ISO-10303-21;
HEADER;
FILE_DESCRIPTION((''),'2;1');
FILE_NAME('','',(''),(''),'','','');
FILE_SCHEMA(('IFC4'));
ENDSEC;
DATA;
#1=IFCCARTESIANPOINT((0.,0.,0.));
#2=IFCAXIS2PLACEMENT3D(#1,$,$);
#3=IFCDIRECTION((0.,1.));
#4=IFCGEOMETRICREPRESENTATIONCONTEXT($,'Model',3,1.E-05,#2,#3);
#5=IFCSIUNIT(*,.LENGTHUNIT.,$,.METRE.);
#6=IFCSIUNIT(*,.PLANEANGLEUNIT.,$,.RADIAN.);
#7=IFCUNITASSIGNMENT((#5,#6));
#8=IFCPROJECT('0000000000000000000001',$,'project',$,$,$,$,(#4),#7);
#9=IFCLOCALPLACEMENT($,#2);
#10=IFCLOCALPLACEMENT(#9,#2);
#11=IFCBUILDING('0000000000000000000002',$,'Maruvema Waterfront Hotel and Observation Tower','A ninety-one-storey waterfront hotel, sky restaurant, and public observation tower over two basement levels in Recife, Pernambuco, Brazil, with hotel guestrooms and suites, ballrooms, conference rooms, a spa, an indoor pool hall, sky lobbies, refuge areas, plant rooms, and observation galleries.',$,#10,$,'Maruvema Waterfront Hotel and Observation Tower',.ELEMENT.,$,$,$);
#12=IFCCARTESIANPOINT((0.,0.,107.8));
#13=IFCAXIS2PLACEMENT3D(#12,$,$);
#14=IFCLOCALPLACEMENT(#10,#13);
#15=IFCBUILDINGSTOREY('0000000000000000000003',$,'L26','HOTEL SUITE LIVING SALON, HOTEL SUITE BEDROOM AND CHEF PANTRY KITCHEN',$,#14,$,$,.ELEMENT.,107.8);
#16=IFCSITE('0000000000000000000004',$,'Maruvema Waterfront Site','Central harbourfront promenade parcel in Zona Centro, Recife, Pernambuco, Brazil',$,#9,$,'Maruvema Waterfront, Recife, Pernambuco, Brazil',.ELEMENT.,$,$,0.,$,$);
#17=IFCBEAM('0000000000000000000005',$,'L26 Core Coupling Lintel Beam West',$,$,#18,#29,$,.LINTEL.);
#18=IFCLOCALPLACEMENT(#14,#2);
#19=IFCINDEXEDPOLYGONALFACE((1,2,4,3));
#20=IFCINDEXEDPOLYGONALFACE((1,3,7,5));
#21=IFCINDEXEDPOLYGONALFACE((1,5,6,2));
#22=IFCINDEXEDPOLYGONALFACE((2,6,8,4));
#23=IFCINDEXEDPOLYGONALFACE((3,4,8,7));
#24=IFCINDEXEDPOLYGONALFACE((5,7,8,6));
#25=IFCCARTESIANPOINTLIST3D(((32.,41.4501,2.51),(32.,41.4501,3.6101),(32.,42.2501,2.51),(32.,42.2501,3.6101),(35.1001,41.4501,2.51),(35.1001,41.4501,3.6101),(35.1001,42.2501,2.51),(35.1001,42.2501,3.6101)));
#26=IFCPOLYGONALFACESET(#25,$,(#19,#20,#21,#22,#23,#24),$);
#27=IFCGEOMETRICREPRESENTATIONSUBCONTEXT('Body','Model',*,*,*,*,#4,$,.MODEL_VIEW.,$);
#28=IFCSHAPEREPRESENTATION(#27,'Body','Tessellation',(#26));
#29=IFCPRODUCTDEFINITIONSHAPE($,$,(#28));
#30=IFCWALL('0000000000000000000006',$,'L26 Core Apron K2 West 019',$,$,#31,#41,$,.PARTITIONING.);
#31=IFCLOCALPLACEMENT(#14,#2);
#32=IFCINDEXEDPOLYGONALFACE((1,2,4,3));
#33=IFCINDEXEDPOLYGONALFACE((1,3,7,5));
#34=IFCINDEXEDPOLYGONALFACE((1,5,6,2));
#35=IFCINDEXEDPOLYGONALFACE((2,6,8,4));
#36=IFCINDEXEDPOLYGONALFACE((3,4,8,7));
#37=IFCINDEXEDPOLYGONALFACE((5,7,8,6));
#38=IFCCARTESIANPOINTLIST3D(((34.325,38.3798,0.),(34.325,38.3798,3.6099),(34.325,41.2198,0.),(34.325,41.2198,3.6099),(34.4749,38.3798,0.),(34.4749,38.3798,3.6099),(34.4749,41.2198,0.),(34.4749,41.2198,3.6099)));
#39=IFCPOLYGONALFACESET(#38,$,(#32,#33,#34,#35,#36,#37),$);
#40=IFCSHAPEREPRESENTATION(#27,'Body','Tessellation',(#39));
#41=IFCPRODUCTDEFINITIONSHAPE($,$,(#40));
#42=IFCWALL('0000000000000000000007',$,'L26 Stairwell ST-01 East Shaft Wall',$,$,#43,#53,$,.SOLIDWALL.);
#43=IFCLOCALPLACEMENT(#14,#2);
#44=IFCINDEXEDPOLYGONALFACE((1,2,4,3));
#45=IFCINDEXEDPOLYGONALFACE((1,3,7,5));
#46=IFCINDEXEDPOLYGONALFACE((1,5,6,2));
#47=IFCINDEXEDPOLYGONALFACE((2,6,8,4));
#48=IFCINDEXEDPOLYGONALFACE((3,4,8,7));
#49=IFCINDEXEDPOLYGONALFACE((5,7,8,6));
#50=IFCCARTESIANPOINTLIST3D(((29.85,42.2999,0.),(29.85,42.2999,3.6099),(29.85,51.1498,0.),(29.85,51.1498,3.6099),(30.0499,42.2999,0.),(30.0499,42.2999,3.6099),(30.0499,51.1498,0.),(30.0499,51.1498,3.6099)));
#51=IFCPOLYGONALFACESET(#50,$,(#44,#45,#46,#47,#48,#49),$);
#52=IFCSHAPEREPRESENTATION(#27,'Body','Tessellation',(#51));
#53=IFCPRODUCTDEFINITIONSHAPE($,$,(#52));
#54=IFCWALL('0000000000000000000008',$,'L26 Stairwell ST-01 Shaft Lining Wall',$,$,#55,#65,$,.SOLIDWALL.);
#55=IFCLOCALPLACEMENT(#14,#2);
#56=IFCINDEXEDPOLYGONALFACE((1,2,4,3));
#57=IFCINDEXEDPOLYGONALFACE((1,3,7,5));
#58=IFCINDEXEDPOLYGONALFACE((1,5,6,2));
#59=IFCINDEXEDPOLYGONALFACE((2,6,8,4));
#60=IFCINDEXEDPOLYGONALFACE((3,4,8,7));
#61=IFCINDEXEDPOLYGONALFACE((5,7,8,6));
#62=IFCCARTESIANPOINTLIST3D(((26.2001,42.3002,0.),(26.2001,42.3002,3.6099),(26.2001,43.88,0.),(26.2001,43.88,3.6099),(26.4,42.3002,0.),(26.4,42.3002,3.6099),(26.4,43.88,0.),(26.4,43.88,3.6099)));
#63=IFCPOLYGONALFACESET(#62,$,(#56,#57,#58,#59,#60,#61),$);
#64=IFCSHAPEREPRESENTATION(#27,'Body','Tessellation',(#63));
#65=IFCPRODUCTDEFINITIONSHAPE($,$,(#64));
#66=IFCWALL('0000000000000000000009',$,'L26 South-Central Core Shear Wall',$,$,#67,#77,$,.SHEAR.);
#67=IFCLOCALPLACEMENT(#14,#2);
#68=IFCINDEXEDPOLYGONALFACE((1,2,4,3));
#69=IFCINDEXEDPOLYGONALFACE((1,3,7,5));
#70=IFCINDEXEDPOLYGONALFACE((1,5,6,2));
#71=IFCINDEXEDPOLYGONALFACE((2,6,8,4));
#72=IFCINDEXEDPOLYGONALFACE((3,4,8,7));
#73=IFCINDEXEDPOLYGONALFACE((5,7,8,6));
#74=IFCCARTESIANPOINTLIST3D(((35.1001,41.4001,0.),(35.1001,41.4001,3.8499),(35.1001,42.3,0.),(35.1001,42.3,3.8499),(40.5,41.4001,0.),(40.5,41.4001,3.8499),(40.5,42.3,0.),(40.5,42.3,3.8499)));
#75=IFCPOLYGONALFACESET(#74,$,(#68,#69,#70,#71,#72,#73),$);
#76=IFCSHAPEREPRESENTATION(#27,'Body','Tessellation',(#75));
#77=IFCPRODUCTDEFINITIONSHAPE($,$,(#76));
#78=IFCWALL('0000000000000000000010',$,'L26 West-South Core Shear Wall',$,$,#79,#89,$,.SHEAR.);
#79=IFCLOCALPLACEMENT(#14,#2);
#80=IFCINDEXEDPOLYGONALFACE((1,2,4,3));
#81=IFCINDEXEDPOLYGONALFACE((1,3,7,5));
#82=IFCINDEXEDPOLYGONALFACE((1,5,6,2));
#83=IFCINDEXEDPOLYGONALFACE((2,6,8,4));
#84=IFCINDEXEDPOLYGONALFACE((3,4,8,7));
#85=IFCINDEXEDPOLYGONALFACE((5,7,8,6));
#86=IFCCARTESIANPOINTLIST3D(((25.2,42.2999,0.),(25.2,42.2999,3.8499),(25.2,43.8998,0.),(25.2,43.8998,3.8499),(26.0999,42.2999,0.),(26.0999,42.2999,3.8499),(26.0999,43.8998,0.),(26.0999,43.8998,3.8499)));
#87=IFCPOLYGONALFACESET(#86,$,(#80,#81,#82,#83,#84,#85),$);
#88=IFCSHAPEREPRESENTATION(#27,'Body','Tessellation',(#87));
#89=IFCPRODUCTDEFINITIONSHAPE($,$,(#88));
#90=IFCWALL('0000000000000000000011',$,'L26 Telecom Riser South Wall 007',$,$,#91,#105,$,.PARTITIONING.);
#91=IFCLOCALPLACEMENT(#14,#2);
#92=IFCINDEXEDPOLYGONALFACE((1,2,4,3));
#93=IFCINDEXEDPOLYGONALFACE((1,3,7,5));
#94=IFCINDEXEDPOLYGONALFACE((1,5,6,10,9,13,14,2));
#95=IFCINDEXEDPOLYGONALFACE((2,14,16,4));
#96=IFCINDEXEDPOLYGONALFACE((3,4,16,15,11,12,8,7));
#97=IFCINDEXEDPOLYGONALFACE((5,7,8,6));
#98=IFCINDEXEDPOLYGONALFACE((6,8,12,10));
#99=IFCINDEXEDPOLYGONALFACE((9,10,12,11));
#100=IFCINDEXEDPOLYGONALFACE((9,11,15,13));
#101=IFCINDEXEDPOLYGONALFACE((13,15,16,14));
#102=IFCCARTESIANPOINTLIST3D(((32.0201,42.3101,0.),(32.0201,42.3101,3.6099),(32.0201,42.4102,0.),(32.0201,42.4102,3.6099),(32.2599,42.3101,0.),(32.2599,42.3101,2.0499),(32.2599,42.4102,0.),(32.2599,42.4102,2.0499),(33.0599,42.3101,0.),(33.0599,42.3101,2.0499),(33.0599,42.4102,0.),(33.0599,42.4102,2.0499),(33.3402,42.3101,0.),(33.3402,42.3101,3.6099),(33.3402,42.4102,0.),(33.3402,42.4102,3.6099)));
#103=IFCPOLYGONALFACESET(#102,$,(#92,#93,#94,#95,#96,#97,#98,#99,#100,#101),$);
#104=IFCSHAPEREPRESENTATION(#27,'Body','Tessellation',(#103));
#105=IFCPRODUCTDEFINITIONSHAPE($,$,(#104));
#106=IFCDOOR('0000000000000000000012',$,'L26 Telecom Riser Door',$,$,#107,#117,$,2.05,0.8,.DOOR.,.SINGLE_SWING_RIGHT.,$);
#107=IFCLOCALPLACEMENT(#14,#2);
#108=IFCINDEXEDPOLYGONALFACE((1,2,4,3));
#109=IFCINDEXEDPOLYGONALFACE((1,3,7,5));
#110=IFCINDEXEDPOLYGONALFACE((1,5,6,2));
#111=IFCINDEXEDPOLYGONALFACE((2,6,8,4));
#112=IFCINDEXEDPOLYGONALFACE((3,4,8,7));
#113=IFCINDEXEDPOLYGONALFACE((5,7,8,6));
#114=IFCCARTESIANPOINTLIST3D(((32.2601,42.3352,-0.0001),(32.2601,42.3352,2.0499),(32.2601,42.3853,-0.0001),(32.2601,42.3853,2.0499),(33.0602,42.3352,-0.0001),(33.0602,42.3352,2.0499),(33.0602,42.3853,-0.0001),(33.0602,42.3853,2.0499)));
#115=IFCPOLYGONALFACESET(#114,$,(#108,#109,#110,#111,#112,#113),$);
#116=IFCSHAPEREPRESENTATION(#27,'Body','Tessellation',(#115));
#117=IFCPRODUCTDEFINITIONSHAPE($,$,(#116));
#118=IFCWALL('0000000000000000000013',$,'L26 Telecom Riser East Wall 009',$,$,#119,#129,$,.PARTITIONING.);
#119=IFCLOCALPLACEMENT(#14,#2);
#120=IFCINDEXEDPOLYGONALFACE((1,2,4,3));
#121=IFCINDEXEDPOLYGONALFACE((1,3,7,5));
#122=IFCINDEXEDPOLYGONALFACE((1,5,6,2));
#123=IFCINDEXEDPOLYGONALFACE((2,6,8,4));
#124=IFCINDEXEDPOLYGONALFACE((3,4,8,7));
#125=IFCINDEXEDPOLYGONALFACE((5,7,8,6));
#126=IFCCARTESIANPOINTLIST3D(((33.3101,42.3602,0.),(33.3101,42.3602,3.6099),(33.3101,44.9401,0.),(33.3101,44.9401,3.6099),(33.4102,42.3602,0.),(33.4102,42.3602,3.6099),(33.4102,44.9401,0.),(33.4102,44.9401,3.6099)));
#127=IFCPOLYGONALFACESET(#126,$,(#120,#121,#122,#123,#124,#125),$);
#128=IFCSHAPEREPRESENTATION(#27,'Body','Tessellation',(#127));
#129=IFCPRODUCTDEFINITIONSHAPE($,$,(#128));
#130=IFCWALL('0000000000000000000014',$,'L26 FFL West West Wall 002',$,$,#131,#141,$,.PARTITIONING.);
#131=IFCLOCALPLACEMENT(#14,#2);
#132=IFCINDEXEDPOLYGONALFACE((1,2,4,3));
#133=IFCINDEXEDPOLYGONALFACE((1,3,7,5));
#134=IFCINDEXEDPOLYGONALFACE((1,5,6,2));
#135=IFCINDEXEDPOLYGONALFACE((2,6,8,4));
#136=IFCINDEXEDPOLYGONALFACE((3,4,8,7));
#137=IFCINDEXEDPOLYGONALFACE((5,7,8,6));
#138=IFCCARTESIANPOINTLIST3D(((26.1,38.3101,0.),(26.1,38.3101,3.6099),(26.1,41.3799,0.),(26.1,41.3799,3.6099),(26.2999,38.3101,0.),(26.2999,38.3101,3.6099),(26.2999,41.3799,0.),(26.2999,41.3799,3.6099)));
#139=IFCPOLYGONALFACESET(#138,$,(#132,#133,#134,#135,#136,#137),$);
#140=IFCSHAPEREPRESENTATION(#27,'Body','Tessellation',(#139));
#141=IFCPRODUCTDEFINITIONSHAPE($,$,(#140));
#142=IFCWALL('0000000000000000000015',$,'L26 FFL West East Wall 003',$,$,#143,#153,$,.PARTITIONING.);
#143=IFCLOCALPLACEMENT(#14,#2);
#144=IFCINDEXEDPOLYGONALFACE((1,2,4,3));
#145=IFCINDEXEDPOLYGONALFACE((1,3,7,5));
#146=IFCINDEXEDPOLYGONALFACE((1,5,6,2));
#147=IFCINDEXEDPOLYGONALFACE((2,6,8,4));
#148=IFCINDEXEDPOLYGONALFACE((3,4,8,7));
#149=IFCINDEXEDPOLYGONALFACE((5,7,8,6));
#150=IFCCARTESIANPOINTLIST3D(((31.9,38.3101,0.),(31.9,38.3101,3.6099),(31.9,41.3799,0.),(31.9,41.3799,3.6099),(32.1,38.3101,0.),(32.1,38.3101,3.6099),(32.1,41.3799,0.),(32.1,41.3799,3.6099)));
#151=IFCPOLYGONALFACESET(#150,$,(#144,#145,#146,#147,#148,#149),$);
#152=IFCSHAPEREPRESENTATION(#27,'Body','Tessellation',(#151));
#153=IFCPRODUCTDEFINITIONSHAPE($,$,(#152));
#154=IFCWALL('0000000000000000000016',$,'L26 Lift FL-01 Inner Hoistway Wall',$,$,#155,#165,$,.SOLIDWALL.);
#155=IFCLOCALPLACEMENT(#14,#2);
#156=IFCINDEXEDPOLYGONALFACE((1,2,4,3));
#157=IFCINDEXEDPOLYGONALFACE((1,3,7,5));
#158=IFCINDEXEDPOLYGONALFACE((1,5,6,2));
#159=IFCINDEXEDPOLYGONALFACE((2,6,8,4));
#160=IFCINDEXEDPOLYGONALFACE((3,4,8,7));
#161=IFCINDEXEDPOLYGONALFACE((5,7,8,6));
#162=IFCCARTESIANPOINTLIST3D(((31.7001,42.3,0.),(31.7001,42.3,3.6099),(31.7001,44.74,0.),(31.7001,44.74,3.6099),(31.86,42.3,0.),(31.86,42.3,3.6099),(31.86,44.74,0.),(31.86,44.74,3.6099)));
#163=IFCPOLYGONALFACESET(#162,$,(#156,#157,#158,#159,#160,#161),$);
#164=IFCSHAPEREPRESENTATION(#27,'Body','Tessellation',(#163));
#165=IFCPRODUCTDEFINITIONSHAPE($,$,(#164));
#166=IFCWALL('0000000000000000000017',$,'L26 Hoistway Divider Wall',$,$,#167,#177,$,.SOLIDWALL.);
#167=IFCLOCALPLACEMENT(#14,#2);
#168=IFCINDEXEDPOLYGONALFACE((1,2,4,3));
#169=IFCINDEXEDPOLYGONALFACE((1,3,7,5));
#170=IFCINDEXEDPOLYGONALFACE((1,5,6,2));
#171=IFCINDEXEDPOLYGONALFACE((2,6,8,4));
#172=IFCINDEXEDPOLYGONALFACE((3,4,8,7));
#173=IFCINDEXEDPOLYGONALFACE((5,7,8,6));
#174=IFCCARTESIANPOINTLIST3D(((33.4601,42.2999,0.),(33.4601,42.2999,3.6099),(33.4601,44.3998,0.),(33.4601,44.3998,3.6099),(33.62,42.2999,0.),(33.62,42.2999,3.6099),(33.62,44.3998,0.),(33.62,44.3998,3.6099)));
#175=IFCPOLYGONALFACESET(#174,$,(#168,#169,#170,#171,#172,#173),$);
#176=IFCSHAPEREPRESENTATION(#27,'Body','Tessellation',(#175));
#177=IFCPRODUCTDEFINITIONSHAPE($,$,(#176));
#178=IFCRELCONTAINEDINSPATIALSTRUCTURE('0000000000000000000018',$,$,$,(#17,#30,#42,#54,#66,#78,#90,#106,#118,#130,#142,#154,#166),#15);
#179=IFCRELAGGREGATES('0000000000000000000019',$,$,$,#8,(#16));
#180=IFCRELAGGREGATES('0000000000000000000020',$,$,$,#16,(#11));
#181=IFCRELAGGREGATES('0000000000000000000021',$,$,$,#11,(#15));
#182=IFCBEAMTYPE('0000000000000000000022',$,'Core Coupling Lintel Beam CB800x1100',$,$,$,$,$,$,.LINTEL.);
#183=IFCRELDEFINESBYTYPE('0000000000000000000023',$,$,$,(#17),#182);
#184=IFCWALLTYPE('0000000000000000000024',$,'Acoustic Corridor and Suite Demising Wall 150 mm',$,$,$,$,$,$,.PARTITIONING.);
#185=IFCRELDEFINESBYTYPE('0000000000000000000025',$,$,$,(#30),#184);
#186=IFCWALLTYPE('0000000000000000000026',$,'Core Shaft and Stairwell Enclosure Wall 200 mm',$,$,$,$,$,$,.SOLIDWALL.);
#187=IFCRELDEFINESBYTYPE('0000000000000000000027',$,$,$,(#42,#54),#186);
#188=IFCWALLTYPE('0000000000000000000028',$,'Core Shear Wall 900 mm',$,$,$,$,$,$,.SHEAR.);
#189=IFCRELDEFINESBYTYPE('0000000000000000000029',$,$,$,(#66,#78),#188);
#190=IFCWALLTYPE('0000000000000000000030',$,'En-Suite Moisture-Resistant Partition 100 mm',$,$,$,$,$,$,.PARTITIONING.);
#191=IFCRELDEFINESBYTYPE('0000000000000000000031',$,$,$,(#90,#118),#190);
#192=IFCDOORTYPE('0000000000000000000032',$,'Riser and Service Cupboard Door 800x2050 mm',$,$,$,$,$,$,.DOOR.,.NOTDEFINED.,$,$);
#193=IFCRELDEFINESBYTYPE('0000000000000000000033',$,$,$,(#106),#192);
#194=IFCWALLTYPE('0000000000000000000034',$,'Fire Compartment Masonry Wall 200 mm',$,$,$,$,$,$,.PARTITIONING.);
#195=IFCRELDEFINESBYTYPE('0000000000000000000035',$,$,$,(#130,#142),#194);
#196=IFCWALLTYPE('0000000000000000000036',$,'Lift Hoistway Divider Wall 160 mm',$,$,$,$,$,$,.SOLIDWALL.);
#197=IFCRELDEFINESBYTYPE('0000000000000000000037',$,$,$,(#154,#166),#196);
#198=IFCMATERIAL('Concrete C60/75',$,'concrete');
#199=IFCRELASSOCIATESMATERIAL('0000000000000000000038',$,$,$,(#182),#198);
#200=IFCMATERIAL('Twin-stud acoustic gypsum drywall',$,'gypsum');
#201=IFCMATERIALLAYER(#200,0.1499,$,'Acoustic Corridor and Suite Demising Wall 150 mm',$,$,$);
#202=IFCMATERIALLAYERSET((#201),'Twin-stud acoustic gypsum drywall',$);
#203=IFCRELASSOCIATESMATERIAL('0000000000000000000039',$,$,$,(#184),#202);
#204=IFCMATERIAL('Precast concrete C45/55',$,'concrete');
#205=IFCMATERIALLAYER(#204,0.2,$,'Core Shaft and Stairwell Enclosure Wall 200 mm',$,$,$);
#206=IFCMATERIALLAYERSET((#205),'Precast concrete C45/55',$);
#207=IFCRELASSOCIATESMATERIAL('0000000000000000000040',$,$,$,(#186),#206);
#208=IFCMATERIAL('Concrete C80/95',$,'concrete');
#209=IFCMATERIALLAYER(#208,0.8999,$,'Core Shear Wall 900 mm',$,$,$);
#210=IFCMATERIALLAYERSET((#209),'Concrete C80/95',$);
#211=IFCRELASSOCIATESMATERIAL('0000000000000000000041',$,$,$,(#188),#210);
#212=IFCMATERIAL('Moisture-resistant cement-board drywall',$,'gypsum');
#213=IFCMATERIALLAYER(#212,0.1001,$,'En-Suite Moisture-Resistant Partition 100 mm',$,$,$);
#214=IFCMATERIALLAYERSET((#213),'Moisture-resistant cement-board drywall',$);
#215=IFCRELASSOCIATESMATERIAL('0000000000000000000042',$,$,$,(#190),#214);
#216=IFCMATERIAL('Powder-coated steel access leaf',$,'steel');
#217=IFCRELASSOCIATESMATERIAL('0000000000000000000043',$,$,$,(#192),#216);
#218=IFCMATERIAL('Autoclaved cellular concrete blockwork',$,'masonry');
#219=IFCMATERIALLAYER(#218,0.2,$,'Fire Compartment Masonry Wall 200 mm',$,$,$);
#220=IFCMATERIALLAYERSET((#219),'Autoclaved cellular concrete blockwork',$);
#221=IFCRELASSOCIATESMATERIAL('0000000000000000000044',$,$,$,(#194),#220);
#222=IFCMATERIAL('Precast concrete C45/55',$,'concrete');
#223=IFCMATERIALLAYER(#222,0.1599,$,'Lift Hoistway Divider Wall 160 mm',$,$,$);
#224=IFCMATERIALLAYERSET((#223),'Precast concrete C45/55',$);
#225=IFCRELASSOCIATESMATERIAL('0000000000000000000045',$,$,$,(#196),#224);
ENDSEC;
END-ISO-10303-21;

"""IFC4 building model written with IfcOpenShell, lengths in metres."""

from ifc_helpers import new_model, si_unit, direction, frame, frame_2d, origin, origin_2d, place, context, subcontext, project, spatial, rectangle, extrude, material, layer, layer_set, material_profile, profile_set, type_object, element, fill, save


model = new_model("IFC4")

# Units and contexts
model_context = context("Model", 3, precision=1e-05, world=origin(), true_north=direction((0.0, 1.0)))
body_context = subcontext(model_context, "Body", "Model", "MODEL_VIEW")
ifc_project = project(units=[si_unit("LENGTHUNIT", "METRE"), si_unit("PLANEANGLEUNIT", "RADIAN")], contexts=[model_context])

# Site, building, storey
site_placement = place(None, origin())
site = spatial("IfcSite", under=ifc_project, at=site_placement, Name="Maruvema Waterfront Site", Description="Central harbourfront promenade parcel in Zona Centro, Recife, Pernambuco, Brazil", LongName="Maruvema Waterfront, Recife, Pernambuco, Brazil", CompositionType="ELEMENT", RefElevation=0.0)
building_placement = place(site_placement, origin())
building = spatial("IfcBuilding", under=site, at=building_placement, Name="Maruvema Waterfront Hotel and Observation Tower", Description="A ninety-one-storey waterfront hotel, sky restaurant, and public observation tower over two basement levels in Recife, Pernambuco, Brazil, with hotel guestrooms and suites, ballrooms, conference rooms, a spa, an indoor pool hall, sky lobbies, refuge areas, plant rooms, and observation galleries.", LongName="Maruvema Waterfront Hotel and Observation Tower", CompositionType="ELEMENT")
storey_placement = place(building_placement, frame((0.0, 0.0, 107.8)))
storey = spatial("IfcBuildingStorey", under=building, at=storey_placement, Name="L26", Description="HOTEL SUITE LIVING SALON, HOTEL SUITE BEDROOM AND CHEF PANTRY KITCHEN", CompositionType="ELEMENT", Elevation=107.8)

# Beam
ifc_material_1 = material(Name="Concrete C60/75", Category="concrete")
ifc_material_profile = material_profile(ifc_material_1, rectangle(XDim=0.8, YDim=1.1001, at=origin_2d()), Name="CB800x1100")
ifc_profile_set = profile_set([ifc_material_profile], Name="Concrete C60/75")
beam_type = type_object("IfcBeamType", Name="Core Coupling Lintel Beam CB800x1100", PredefinedType="LINTEL", material=ifc_profile_set)
beam_placement = place(storey_placement, frame((32.0, 41.8501, 3.0601), z_axis=(1.0, 0.0, 0.0), x_axis=(0.0, 1.0, 0.0)))
element("IfcBeam", 1, at=beam_placement, inside=storey, type_object=beam_type, Name="L26 Core Coupling Lintel Beam West", PredefinedType="LINTEL", context=body_context, shape_type="SweptSolid", body=[
    extrude(rectangle(XDim=0.8, YDim=1.1001, at=origin_2d()), origin(), (0.0, 0.0, 1.0), 3.1001),
])

# Walls
ifc_material_2 = material(Name="Twin-stud acoustic gypsum drywall", Category="gypsum")
ifc_layer_1 = layer(ifc_material_2, 0.1499, Name="Acoustic Corridor and Suite Demising Wall 150 mm")
ifc_layer_set_1 = layer_set([ifc_layer_1], Name="Twin-stud acoustic gypsum drywall")
wall_type_1 = type_object("IfcWallType", Name="Acoustic Corridor and Suite Demising Wall 150 mm", PredefinedType="PARTITIONING", material=ifc_layer_set_1)
wall_1_placement = place(storey_placement, frame((34.3999, 38.3799, 0.0), z_axis=(0.0, 0.0, 1.0), x_axis=(0.0, 1.0, 0.0)))
element("IfcWall", 2, at=wall_1_placement, inside=storey, type_object=wall_type_1, Name="L26 Core Apron K2 West 019", PredefinedType="PARTITIONING", context=body_context, shape_type="SweptSolid", body=[
    extrude(rectangle(XDim=2.8401, YDim=0.1499, at=frame_2d((1.4199, 0.0))), origin(), (0.0, 0.0, 1.0), 3.6099),
])
ifc_material_3 = material(Name="Precast concrete C45/55", Category="concrete")
ifc_layer_2 = layer(ifc_material_3, 0.2, Name="Core Shaft and Stairwell Enclosure Wall 200 mm")
ifc_layer_set_2 = layer_set([ifc_layer_2], Name="Precast concrete C45/55")
wall_type_2 = type_object("IfcWallType", Name="Core Shaft and Stairwell Enclosure Wall 200 mm", PredefinedType="SOLIDWALL", material=ifc_layer_set_2)
wall_2_placement = place(storey_placement, frame((29.95, 42.3, 0.0), z_axis=(0.0, 0.0, 1.0), x_axis=(0.0, 1.0, 0.0)))
element("IfcWall", 3, at=wall_2_placement, inside=storey, type_object=wall_type_2, Name="L26 Stairwell ST-01 East Shaft Wall", PredefinedType="SOLIDWALL", context=body_context, shape_type="SweptSolid", body=[
    extrude(rectangle(XDim=8.8499, YDim=0.2, at=frame_2d((4.4248, 0.0))), origin(), (0.0, 0.0, 1.0), 3.6099),
])
wall_3_placement = place(storey_placement, frame((26.3, 42.3, 0.0), z_axis=(0.0, 0.0, 1.0), x_axis=(0.0, 1.0, 0.0)))
element("IfcWall", 4, at=wall_3_placement, inside=storey, type_object=wall_type_2, Name="L26 Stairwell ST-01 Shaft Lining Wall", PredefinedType="SOLIDWALL", context=body_context, shape_type="SweptSolid", body=[
    extrude(rectangle(XDim=1.5798, YDim=0.2, at=frame_2d((0.79, 0.0))), origin(), (0.0, 0.0, 1.0), 3.6099),
])

# Shared definitions
ifc_material_4 = material(Name="Concrete C80/95", Category="concrete")
ifc_layer_3 = layer(ifc_material_4, 0.8999, Name="Core Shear Wall 900 mm")
ifc_layer_set_3 = layer_set([ifc_layer_3], Name="Concrete C80/95")
wall_type_3 = type_object("IfcWallType", Name="Core Shear Wall 900 mm", PredefinedType="SHEAR", material=ifc_layer_set_3)

# Walls
wall_4_placement = place(storey_placement, frame((35.1001, 41.8501, 0.0), z_axis=(0.0, 0.0, 1.0), x_axis=(1.0, 0.0, 0.0)))
element("IfcWall", 5, at=wall_4_placement, inside=storey, type_object=wall_type_3, Name="L26 South-Central Core Shear Wall", PredefinedType="SHEAR", context=body_context, shape_type="SweptSolid", body=[
    extrude(rectangle(XDim=5.3999, YDim=0.8999, at=frame_2d((2.7, 0.0))), origin(), (0.0, 0.0, 1.0), 3.8499),
])
wall_5_placement = place(storey_placement, frame((25.6499, 42.3, 0.0), z_axis=(0.0, 0.0, 1.0), x_axis=(0.0, 1.0, 0.0)))
element("IfcWall", 6, at=wall_5_placement, inside=storey, type_object=wall_type_3, Name="L26 West-South Core Shear Wall", PredefinedType="SHEAR", context=body_context, shape_type="SweptSolid", body=[
    extrude(rectangle(XDim=1.5999, YDim=0.8999, at=frame_2d((0.7998, 0.0))), origin(), (0.0, 0.0, 1.0), 3.8499),
])

# Wall, opening, door
ifc_material_5 = material(Name="Moisture-resistant cement-board drywall", Category="gypsum")
ifc_layer_4 = layer(ifc_material_5, 0.1001, Name="En-Suite Moisture-Resistant Partition 100 mm")
ifc_layer_set_4 = layer_set([ifc_layer_4], Name="Moisture-resistant cement-board drywall")
wall_type_4 = type_object("IfcWallType", Name="En-Suite Moisture-Resistant Partition 100 mm", PredefinedType="PARTITIONING", material=ifc_layer_set_4)
wall_6_placement = place(storey_placement, frame((32.02, 42.3601, 0.0), z_axis=(0.0, 0.0, 1.0), x_axis=(1.0, 0.0, 0.0)))
wall_6 = element("IfcWall", 7, at=wall_6_placement, inside=storey, type_object=wall_type_4, Name="L26 Telecom Riser South Wall 007", PredefinedType="PARTITIONING", context=body_context, shape_type="SweptSolid", body=[
    extrude(rectangle(XDim=1.3201, YDim=0.1001, at=frame_2d((0.6602, 0.0))), origin(), (0.0, 0.0, 1.0), 3.6099),
])
opening_1_placement = place(wall_6_placement, frame((0.24, 0.0, 0.0)))
opening_1 = element("IfcOpeningElement", 8, at=opening_1_placement, cuts=wall_6, PredefinedType="OPENING", context=body_context, shape_type="SweptSolid", body=[
    extrude(rectangle(XDim=0.8, YDim=2.05, at=frame_2d((0.3999, 1.0249))), frame((0.0, 0.0601, 0.0), z_axis=(0.0, -1.0, 0.0), x_axis=(1.0, 0.0, 0.0)), (0.0, 0.0, 1.0), 0.1201),
])
ifc_material_6 = material(Name="Powder-coated steel access leaf", Category="steel")
door_type_1 = type_object("IfcDoorType", Name="Riser and Service Cupboard Door 800x2050 mm", OperationType="NOTDEFINED", PredefinedType="DOOR", material=ifc_material_6)
door_1_placement = place(opening_1_placement, frame((0.8, 0.0, 0.0), z_axis=(0.0, 0.0, 1.0), x_axis=(-1.0, 0.0, 0.0)))
door_1 = element("IfcDoor", 9, at=door_1_placement, inside=storey, type_object=door_type_1, Name="L26 Telecom Riser Door", OperationType="SINGLE_SWING_RIGHT", OverallHeight=2.05, OverallWidth=0.8, PredefinedType="DOOR", context=body_context, shape_type="SweptSolid", body=[
    extrude(rectangle(XDim=0.8, YDim=2.05, at=frame_2d((0.3999, 1.0249))), frame((0.0, 0.0249, 0.0), z_axis=(0.0, -1.0, 0.0), x_axis=(1.0, 0.0, 0.0)), (0.0, 0.0, 1.0), 0.05),
])
fill(opening_1, door_1)

# Walls
wall_7_placement = place(storey_placement, frame((33.3601, 42.3601, 0.0), z_axis=(0.0, 0.0, 1.0), x_axis=(0.0, 1.0, 0.0)))
element("IfcWall", 10, at=wall_7_placement, inside=storey, type_object=wall_type_4, Name="L26 Telecom Riser East Wall 009", PredefinedType="PARTITIONING", context=body_context, shape_type="SweptSolid", body=[
    extrude(rectangle(XDim=2.5798, YDim=0.1001, at=frame_2d((1.29, 0.0))), origin(), (0.0, 0.0, 1.0), 3.6099),
])
ifc_material_7 = material(Name="Autoclaved cellular concrete blockwork", Category="masonry")
ifc_layer_5 = layer(ifc_material_7, 0.2, Name="Fire Compartment Masonry Wall 200 mm")
ifc_layer_set_5 = layer_set([ifc_layer_5], Name="Autoclaved cellular concrete blockwork")
wall_type_5 = type_object("IfcWallType", Name="Fire Compartment Masonry Wall 200 mm", PredefinedType="PARTITIONING", material=ifc_layer_set_5)
for number, where, z_axis, x_axis, name in (
    (11, (26.2, 38.3101, 0.0), (0.0, 0.0, 1.0), (0.0, 1.0, 0.0), "L26 FFL West West Wall 002"),
    (12, (32.0, 38.3101, 0.0), (0.0, 0.0, 1.0), (0.0, 1.0, 0.0), "L26 FFL West East Wall 003"),
):
    element("IfcWall", number, at=place(storey_placement, frame(where, z_axis=z_axis, x_axis=x_axis)), inside=storey, type_object=wall_type_5, Name=name, PredefinedType="PARTITIONING", context=body_context, shape_type="SweptSolid", body=[
        extrude(rectangle(XDim=3.0698, YDim=0.2, at=frame_2d((1.5349, 0.0))), origin(), (0.0, 0.0, 1.0), 3.6099),
    ])
ifc_material_8 = material(Name="Precast concrete C45/55", Category="concrete")
ifc_layer_6 = layer(ifc_material_8, 0.1599, Name="Lift Hoistway Divider Wall 160 mm")
ifc_layer_set_6 = layer_set([ifc_layer_6], Name="Precast concrete C45/55")
wall_type_6 = type_object("IfcWallType", Name="Lift Hoistway Divider Wall 160 mm", PredefinedType="SOLIDWALL", material=ifc_layer_set_6)
wall_8_placement = place(storey_placement, frame((31.78, 42.3, 0.0), z_axis=(0.0, 0.0, 1.0), x_axis=(0.0, 1.0, 0.0)))
element("IfcWall", 13, at=wall_8_placement, inside=storey, type_object=wall_type_6, Name="L26 Lift FL-01 Inner Hoistway Wall", PredefinedType="SOLIDWALL", context=body_context, shape_type="SweptSolid", body=[
    extrude(rectangle(XDim=2.4399, YDim=0.1599, at=frame_2d((1.22, 0.0))), origin(), (0.0, 0.0, 1.0), 3.6099),
])
for number, where, z_axis, x_axis, name in (
    (14, (33.54, 42.3, 0.0), (0.0, 0.0, 1.0), (0.0, 1.0, 0.0), "L26 Hoistway Divider Wall"),
):
    element("IfcWall", number, at=place(storey_placement, frame(where, z_axis=z_axis, x_axis=x_axis)), inside=storey, type_object=wall_type_6, Name=name, PredefinedType="SOLIDWALL", context=body_context, shape_type="SweptSolid", body=[
        extrude(rectangle(XDim=2.0999, YDim=0.1599, at=frame_2d((1.0498, 0.0))), origin(), (0.0, 0.0, 1.0), 3.6099),
    ])

save(model, "model.ifc")
